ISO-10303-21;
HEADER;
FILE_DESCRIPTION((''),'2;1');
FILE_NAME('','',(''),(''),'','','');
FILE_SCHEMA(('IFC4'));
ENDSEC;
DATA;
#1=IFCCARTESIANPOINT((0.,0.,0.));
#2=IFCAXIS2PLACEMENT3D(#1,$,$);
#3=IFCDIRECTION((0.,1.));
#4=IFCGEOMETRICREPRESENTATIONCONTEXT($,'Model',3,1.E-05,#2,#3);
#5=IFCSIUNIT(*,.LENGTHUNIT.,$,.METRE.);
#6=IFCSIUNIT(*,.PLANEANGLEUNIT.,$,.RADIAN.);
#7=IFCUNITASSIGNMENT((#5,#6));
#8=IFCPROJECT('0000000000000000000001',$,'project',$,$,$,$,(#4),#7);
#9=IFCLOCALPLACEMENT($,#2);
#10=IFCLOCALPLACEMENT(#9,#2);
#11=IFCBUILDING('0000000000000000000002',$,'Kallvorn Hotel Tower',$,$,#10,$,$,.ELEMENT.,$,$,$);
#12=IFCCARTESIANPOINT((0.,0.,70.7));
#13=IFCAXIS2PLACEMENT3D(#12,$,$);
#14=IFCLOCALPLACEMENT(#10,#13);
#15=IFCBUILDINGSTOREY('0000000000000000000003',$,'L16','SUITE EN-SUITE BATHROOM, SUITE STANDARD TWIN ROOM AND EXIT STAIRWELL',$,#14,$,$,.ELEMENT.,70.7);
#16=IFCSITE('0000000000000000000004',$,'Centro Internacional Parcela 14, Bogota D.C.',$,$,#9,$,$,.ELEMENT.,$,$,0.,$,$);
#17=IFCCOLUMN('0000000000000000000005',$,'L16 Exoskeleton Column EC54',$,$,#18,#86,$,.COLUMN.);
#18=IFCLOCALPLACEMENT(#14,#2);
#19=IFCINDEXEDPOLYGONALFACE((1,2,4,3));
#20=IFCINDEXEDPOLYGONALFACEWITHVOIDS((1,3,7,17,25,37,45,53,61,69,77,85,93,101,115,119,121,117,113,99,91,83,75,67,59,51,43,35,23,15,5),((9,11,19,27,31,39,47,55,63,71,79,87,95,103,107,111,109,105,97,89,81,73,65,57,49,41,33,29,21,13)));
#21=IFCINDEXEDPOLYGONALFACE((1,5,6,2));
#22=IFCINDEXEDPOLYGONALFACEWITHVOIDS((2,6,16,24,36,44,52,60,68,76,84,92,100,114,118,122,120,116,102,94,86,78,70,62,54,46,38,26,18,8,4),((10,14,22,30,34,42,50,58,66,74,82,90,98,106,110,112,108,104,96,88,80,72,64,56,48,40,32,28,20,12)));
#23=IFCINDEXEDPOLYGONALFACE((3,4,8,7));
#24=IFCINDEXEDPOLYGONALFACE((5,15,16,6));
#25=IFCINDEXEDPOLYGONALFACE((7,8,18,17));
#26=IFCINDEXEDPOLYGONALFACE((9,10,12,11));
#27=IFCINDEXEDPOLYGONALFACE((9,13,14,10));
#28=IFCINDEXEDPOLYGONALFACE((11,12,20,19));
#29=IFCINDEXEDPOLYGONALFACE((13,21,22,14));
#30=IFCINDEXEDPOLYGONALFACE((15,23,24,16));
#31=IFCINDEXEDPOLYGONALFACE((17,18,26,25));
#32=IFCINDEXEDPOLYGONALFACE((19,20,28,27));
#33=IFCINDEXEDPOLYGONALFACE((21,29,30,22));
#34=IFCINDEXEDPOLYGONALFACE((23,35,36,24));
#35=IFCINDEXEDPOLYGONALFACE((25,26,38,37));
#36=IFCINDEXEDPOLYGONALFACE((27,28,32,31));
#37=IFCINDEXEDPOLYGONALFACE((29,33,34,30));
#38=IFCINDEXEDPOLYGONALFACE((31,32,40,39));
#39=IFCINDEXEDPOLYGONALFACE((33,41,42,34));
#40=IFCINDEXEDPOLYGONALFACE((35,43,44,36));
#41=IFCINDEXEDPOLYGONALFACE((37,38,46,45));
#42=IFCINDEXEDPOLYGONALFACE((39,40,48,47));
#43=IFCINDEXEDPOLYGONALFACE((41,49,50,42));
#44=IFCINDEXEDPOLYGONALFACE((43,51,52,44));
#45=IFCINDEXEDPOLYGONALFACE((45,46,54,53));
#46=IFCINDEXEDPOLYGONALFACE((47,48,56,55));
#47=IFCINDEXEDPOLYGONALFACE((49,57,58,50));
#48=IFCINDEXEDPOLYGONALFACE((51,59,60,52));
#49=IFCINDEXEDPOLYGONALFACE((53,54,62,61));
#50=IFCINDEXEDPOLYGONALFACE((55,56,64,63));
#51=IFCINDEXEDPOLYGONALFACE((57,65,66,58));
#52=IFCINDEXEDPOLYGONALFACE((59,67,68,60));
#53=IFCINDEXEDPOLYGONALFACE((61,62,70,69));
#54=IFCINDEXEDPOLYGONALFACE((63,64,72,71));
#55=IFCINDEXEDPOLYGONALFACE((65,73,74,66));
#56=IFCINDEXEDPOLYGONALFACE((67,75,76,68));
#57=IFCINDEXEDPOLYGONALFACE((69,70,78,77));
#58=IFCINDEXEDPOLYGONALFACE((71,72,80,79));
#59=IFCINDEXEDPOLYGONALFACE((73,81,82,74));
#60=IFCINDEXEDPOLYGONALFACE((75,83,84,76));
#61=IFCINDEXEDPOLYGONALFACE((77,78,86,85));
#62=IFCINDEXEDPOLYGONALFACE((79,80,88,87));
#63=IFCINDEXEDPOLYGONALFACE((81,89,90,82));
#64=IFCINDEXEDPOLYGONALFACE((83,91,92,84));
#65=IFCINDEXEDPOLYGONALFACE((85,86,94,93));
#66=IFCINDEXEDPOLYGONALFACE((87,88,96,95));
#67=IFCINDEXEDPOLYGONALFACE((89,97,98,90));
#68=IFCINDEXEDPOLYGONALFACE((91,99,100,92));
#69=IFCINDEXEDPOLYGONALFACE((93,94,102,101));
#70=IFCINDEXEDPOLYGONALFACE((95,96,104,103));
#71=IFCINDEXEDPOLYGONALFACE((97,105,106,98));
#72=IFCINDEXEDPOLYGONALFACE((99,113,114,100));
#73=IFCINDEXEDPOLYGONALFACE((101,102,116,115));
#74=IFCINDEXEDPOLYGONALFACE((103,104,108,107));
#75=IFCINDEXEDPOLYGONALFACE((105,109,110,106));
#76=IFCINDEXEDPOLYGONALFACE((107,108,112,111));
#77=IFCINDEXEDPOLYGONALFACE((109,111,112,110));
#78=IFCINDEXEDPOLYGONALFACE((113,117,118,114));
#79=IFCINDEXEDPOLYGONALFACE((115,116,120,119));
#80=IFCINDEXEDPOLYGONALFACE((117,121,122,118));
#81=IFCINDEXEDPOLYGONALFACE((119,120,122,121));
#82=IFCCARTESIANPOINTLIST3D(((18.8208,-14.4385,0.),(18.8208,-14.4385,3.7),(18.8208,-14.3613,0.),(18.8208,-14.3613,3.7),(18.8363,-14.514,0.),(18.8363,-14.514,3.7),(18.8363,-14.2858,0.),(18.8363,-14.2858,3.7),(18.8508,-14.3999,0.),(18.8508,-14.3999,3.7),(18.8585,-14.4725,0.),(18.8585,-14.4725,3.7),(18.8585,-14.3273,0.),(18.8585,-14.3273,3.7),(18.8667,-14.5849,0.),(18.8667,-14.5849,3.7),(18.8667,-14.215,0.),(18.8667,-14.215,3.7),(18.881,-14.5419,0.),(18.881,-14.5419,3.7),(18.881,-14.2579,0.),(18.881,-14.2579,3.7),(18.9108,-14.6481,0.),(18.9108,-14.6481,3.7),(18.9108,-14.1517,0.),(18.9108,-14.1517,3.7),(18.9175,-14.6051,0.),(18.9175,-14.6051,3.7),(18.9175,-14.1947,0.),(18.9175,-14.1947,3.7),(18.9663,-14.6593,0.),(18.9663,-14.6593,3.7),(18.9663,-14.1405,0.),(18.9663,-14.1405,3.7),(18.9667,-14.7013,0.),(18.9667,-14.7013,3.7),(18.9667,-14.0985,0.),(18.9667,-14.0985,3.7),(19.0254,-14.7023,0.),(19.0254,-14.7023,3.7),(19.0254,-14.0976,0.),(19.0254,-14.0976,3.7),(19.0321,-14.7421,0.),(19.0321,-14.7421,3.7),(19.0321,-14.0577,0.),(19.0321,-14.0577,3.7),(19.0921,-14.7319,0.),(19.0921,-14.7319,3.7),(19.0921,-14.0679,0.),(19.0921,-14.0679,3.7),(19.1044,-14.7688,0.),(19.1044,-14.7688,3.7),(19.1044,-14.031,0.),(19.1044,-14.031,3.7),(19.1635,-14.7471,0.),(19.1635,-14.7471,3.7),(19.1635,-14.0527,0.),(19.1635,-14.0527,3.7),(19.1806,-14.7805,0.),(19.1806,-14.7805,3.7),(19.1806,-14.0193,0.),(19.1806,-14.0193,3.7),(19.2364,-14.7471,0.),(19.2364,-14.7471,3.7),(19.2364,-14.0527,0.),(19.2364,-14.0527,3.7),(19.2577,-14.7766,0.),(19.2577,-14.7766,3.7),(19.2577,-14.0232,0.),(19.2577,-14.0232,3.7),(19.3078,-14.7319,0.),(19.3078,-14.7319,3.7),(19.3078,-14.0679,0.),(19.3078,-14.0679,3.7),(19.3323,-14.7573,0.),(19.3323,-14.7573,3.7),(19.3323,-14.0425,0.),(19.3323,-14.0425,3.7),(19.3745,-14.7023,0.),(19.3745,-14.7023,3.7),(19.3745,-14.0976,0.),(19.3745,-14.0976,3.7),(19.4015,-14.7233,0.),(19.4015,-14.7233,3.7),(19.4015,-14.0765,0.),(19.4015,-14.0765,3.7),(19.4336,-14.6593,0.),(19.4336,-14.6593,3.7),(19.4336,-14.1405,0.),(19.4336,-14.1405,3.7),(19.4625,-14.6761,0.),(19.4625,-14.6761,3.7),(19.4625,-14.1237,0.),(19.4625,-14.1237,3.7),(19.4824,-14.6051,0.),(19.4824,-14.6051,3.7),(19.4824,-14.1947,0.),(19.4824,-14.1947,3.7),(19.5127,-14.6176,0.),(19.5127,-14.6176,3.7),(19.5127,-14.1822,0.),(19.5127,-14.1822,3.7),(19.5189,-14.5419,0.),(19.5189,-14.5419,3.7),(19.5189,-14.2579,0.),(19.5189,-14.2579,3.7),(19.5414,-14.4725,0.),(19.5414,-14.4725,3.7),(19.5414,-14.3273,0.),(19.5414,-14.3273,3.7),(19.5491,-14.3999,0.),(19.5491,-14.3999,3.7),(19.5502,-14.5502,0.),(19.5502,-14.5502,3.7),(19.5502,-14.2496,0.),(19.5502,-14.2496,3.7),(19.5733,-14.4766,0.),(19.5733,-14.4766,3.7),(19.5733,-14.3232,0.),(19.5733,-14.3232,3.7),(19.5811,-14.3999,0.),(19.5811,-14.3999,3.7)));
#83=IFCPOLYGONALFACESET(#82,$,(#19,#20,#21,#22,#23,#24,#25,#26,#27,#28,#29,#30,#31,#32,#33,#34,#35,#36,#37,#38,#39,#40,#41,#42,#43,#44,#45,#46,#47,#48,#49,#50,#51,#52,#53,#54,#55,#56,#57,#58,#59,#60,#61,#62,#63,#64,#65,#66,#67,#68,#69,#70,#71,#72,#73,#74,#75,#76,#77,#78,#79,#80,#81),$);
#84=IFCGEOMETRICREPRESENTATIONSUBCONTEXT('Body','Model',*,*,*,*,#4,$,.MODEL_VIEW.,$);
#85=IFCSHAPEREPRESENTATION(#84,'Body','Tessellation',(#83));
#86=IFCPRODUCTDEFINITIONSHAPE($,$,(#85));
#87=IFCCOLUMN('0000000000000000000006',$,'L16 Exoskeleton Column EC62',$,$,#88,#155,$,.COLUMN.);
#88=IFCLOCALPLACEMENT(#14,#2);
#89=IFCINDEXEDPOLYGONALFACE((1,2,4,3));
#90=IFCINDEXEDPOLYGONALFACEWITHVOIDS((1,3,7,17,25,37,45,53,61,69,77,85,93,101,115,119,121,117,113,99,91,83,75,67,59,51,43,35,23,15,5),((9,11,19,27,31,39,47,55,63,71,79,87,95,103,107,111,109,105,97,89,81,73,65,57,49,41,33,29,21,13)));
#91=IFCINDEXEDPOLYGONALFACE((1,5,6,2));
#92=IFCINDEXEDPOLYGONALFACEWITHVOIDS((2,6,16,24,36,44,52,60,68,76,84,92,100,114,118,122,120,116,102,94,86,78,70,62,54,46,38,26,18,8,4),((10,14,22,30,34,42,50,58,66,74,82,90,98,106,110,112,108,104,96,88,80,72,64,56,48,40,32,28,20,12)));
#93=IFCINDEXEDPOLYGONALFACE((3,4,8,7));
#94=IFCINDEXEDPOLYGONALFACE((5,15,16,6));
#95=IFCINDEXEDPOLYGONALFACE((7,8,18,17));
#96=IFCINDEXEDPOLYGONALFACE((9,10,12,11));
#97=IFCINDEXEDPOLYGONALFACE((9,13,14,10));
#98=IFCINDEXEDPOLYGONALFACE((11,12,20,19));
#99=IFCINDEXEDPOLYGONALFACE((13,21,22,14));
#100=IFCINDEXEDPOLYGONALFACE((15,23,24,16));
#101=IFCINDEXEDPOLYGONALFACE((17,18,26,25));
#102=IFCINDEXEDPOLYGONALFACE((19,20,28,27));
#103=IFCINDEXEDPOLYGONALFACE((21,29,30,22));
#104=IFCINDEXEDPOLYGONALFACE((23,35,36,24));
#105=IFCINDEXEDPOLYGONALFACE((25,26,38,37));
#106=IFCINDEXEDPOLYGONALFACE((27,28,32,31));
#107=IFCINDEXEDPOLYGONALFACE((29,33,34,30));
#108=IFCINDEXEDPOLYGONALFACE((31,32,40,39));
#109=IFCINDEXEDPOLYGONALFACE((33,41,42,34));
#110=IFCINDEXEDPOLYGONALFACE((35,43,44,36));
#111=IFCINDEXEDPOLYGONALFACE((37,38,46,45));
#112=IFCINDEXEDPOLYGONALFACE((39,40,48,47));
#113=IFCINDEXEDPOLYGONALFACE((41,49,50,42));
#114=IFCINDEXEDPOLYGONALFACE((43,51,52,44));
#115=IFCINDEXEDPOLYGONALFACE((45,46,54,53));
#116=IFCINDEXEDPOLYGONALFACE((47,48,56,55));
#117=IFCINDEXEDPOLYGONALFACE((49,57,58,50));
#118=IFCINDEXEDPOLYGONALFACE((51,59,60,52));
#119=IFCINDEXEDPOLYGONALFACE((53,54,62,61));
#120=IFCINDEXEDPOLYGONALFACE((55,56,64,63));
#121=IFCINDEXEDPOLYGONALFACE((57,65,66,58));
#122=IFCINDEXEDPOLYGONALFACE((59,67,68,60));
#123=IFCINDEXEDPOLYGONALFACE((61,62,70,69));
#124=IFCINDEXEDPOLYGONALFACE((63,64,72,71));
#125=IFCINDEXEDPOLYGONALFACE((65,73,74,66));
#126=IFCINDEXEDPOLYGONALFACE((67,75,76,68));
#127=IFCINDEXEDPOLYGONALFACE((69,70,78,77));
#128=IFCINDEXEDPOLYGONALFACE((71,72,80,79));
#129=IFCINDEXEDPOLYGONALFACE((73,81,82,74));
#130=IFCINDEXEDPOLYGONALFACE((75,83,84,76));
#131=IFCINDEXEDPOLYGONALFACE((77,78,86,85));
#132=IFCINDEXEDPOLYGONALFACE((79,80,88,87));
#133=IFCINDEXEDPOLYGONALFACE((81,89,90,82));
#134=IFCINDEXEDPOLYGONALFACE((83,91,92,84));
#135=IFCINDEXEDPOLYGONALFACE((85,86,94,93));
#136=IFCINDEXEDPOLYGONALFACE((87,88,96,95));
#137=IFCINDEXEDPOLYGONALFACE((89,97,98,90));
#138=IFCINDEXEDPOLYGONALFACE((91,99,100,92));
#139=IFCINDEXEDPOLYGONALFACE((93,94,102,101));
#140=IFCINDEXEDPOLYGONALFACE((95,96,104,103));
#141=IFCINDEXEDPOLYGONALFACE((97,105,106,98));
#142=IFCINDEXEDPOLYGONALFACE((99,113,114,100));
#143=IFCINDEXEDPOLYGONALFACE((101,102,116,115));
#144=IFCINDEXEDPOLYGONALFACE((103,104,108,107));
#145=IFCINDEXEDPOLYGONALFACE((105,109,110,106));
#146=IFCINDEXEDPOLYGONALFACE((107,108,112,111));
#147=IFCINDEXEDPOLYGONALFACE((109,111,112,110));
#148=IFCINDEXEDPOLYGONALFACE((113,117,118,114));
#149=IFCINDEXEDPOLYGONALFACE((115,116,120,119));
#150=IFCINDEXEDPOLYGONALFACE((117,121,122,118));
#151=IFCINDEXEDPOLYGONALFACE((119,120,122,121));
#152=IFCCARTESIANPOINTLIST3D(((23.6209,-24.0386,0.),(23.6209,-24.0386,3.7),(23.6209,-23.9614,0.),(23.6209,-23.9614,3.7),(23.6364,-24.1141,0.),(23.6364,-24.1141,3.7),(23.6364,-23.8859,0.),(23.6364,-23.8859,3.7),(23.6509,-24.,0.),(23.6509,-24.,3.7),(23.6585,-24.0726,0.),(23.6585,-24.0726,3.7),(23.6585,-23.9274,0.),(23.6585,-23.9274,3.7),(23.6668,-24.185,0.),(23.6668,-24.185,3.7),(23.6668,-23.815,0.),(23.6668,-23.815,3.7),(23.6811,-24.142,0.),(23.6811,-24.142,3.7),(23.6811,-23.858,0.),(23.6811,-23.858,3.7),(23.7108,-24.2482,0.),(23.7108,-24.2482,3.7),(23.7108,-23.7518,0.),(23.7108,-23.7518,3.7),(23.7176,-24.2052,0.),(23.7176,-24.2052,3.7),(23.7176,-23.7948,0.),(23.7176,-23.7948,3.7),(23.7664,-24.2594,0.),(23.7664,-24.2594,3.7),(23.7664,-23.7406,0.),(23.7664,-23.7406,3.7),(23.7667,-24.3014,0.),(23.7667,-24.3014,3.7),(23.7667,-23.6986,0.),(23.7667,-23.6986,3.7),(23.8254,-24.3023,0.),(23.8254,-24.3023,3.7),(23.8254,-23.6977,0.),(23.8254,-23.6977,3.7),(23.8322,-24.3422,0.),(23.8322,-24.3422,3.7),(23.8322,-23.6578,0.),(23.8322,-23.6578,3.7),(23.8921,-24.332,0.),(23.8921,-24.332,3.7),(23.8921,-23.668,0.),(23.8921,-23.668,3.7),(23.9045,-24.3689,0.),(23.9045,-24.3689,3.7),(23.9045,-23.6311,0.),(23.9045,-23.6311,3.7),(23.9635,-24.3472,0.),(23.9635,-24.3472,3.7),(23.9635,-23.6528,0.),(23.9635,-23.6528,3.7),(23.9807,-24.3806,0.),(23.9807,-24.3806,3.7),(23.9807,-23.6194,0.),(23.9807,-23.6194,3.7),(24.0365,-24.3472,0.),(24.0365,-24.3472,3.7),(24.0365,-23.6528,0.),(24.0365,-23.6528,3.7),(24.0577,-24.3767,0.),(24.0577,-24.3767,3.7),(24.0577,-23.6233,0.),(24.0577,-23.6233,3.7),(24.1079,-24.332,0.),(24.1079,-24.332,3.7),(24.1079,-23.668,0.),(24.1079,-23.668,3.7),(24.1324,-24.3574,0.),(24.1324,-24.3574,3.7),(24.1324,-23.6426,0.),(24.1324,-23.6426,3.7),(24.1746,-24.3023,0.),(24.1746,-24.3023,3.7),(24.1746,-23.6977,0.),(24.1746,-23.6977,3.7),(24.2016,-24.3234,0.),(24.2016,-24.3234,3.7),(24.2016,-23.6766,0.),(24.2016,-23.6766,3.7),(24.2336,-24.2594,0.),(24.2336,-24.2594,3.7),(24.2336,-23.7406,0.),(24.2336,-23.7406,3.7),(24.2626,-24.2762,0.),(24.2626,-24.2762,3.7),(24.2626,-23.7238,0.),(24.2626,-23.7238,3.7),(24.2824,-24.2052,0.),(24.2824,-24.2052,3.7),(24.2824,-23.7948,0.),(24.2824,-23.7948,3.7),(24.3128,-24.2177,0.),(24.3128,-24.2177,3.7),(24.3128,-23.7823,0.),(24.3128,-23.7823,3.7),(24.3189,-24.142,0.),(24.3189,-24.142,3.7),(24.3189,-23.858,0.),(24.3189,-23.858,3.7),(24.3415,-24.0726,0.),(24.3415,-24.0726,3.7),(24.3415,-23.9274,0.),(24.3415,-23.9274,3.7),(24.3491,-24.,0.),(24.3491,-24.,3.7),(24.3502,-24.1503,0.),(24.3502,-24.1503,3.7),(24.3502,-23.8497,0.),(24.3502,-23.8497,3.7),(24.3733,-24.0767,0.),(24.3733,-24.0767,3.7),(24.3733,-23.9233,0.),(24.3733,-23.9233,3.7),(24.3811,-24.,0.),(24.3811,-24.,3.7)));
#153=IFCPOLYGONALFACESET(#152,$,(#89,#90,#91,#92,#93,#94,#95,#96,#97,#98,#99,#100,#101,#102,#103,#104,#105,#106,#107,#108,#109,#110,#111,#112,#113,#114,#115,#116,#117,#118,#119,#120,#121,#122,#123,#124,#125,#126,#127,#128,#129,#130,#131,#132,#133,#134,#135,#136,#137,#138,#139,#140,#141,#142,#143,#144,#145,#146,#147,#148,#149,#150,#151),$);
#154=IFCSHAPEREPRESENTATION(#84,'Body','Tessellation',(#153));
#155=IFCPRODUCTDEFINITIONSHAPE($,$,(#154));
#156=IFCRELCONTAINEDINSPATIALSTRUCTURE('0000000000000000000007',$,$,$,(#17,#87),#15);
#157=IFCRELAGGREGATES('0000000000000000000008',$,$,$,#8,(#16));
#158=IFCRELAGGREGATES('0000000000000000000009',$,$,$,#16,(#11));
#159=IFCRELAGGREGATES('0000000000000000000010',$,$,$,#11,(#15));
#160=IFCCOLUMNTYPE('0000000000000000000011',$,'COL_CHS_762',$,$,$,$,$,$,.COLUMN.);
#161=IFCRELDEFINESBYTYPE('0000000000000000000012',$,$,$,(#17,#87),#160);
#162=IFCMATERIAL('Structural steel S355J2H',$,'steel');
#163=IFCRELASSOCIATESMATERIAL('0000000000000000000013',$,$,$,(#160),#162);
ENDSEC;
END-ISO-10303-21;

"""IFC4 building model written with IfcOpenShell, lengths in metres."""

from ifc_helpers import new_model, si_unit, direction, frame, origin, origin_2d, place, context, subcontext, project, spatial, hollow_circle, extrude, material, material_profile, profile_set, type_object, element, save


model = new_model("IFC4")

# Units and contexts
model_context = context("Model", 3, precision=1e-05, world=origin(), true_north=direction((0.0, 1.0)))
body_context = subcontext(model_context, "Body", "Model", "MODEL_VIEW")
ifc_project = project(units=[si_unit("LENGTHUNIT", "METRE"), si_unit("PLANEANGLEUNIT", "RADIAN")], contexts=[model_context])

# Site, building, storey
site_placement = place(None, origin())
site = spatial("IfcSite", under=ifc_project, at=site_placement, Name="Centro Internacional Parcela 14, Bogota D.C.", CompositionType="ELEMENT", RefElevation=0.0)
building_placement = place(site_placement, origin())
building = spatial("IfcBuilding", under=site, at=building_placement, Name="Kallvorn Hotel Tower", CompositionType="ELEMENT")
storey_placement = place(building_placement, frame((0.0, 0.0, 70.7)))
storey = spatial("IfcBuildingStorey", under=building, at=storey_placement, Name="L16", Description="SUITE EN-SUITE BATHROOM, SUITE STANDARD TWIN ROOM AND EXIT STAIRWELL", CompositionType="ELEMENT", Elevation=70.7)

# Columns
ifc_material_1 = material(Name="Structural steel S355J2H", Category="steel")
ifc_material_profile_1 = material_profile(ifc_material_1, hollow_circle(Radius=0.3811, WallThickness=0.032, at=origin_2d()), Name="CHS 762x32")
ifc_profile_set_1 = profile_set([ifc_material_profile_1], Name="Structural steel S355J2H")
column_type = type_object("IfcColumnType", Name="COL_CHS_762", PredefinedType="COLUMN", material=ifc_profile_set_1)
for number, where, z_axis, x_axis, name in (
    (1, (19.2, -14.3999, 0.0), (0.0, 0.0, 1.0), (1.0, 0.0, 0.0), "L16 Exoskeleton Column EC54"),
    (2, (24.0, -24.0, 0.0), (0.0, 0.0, 1.0), (1.0, 0.0, 0.0), "L16 Exoskeleton Column EC62"),
):
    element("IfcColumn", number, at=place(storey_placement, frame(where, z_axis=z_axis, x_axis=x_axis)), inside=storey, type_object=column_type, Name=name, PredefinedType="COLUMN", context=body_context, shape_type="SweptSolid", body=[
        extrude(hollow_circle(Radius=0.3811, WallThickness=0.032, at=origin_2d()), origin(), (0.0, 0.0, 1.0), 3.7),
    ])

save(model, "model.ifc")
